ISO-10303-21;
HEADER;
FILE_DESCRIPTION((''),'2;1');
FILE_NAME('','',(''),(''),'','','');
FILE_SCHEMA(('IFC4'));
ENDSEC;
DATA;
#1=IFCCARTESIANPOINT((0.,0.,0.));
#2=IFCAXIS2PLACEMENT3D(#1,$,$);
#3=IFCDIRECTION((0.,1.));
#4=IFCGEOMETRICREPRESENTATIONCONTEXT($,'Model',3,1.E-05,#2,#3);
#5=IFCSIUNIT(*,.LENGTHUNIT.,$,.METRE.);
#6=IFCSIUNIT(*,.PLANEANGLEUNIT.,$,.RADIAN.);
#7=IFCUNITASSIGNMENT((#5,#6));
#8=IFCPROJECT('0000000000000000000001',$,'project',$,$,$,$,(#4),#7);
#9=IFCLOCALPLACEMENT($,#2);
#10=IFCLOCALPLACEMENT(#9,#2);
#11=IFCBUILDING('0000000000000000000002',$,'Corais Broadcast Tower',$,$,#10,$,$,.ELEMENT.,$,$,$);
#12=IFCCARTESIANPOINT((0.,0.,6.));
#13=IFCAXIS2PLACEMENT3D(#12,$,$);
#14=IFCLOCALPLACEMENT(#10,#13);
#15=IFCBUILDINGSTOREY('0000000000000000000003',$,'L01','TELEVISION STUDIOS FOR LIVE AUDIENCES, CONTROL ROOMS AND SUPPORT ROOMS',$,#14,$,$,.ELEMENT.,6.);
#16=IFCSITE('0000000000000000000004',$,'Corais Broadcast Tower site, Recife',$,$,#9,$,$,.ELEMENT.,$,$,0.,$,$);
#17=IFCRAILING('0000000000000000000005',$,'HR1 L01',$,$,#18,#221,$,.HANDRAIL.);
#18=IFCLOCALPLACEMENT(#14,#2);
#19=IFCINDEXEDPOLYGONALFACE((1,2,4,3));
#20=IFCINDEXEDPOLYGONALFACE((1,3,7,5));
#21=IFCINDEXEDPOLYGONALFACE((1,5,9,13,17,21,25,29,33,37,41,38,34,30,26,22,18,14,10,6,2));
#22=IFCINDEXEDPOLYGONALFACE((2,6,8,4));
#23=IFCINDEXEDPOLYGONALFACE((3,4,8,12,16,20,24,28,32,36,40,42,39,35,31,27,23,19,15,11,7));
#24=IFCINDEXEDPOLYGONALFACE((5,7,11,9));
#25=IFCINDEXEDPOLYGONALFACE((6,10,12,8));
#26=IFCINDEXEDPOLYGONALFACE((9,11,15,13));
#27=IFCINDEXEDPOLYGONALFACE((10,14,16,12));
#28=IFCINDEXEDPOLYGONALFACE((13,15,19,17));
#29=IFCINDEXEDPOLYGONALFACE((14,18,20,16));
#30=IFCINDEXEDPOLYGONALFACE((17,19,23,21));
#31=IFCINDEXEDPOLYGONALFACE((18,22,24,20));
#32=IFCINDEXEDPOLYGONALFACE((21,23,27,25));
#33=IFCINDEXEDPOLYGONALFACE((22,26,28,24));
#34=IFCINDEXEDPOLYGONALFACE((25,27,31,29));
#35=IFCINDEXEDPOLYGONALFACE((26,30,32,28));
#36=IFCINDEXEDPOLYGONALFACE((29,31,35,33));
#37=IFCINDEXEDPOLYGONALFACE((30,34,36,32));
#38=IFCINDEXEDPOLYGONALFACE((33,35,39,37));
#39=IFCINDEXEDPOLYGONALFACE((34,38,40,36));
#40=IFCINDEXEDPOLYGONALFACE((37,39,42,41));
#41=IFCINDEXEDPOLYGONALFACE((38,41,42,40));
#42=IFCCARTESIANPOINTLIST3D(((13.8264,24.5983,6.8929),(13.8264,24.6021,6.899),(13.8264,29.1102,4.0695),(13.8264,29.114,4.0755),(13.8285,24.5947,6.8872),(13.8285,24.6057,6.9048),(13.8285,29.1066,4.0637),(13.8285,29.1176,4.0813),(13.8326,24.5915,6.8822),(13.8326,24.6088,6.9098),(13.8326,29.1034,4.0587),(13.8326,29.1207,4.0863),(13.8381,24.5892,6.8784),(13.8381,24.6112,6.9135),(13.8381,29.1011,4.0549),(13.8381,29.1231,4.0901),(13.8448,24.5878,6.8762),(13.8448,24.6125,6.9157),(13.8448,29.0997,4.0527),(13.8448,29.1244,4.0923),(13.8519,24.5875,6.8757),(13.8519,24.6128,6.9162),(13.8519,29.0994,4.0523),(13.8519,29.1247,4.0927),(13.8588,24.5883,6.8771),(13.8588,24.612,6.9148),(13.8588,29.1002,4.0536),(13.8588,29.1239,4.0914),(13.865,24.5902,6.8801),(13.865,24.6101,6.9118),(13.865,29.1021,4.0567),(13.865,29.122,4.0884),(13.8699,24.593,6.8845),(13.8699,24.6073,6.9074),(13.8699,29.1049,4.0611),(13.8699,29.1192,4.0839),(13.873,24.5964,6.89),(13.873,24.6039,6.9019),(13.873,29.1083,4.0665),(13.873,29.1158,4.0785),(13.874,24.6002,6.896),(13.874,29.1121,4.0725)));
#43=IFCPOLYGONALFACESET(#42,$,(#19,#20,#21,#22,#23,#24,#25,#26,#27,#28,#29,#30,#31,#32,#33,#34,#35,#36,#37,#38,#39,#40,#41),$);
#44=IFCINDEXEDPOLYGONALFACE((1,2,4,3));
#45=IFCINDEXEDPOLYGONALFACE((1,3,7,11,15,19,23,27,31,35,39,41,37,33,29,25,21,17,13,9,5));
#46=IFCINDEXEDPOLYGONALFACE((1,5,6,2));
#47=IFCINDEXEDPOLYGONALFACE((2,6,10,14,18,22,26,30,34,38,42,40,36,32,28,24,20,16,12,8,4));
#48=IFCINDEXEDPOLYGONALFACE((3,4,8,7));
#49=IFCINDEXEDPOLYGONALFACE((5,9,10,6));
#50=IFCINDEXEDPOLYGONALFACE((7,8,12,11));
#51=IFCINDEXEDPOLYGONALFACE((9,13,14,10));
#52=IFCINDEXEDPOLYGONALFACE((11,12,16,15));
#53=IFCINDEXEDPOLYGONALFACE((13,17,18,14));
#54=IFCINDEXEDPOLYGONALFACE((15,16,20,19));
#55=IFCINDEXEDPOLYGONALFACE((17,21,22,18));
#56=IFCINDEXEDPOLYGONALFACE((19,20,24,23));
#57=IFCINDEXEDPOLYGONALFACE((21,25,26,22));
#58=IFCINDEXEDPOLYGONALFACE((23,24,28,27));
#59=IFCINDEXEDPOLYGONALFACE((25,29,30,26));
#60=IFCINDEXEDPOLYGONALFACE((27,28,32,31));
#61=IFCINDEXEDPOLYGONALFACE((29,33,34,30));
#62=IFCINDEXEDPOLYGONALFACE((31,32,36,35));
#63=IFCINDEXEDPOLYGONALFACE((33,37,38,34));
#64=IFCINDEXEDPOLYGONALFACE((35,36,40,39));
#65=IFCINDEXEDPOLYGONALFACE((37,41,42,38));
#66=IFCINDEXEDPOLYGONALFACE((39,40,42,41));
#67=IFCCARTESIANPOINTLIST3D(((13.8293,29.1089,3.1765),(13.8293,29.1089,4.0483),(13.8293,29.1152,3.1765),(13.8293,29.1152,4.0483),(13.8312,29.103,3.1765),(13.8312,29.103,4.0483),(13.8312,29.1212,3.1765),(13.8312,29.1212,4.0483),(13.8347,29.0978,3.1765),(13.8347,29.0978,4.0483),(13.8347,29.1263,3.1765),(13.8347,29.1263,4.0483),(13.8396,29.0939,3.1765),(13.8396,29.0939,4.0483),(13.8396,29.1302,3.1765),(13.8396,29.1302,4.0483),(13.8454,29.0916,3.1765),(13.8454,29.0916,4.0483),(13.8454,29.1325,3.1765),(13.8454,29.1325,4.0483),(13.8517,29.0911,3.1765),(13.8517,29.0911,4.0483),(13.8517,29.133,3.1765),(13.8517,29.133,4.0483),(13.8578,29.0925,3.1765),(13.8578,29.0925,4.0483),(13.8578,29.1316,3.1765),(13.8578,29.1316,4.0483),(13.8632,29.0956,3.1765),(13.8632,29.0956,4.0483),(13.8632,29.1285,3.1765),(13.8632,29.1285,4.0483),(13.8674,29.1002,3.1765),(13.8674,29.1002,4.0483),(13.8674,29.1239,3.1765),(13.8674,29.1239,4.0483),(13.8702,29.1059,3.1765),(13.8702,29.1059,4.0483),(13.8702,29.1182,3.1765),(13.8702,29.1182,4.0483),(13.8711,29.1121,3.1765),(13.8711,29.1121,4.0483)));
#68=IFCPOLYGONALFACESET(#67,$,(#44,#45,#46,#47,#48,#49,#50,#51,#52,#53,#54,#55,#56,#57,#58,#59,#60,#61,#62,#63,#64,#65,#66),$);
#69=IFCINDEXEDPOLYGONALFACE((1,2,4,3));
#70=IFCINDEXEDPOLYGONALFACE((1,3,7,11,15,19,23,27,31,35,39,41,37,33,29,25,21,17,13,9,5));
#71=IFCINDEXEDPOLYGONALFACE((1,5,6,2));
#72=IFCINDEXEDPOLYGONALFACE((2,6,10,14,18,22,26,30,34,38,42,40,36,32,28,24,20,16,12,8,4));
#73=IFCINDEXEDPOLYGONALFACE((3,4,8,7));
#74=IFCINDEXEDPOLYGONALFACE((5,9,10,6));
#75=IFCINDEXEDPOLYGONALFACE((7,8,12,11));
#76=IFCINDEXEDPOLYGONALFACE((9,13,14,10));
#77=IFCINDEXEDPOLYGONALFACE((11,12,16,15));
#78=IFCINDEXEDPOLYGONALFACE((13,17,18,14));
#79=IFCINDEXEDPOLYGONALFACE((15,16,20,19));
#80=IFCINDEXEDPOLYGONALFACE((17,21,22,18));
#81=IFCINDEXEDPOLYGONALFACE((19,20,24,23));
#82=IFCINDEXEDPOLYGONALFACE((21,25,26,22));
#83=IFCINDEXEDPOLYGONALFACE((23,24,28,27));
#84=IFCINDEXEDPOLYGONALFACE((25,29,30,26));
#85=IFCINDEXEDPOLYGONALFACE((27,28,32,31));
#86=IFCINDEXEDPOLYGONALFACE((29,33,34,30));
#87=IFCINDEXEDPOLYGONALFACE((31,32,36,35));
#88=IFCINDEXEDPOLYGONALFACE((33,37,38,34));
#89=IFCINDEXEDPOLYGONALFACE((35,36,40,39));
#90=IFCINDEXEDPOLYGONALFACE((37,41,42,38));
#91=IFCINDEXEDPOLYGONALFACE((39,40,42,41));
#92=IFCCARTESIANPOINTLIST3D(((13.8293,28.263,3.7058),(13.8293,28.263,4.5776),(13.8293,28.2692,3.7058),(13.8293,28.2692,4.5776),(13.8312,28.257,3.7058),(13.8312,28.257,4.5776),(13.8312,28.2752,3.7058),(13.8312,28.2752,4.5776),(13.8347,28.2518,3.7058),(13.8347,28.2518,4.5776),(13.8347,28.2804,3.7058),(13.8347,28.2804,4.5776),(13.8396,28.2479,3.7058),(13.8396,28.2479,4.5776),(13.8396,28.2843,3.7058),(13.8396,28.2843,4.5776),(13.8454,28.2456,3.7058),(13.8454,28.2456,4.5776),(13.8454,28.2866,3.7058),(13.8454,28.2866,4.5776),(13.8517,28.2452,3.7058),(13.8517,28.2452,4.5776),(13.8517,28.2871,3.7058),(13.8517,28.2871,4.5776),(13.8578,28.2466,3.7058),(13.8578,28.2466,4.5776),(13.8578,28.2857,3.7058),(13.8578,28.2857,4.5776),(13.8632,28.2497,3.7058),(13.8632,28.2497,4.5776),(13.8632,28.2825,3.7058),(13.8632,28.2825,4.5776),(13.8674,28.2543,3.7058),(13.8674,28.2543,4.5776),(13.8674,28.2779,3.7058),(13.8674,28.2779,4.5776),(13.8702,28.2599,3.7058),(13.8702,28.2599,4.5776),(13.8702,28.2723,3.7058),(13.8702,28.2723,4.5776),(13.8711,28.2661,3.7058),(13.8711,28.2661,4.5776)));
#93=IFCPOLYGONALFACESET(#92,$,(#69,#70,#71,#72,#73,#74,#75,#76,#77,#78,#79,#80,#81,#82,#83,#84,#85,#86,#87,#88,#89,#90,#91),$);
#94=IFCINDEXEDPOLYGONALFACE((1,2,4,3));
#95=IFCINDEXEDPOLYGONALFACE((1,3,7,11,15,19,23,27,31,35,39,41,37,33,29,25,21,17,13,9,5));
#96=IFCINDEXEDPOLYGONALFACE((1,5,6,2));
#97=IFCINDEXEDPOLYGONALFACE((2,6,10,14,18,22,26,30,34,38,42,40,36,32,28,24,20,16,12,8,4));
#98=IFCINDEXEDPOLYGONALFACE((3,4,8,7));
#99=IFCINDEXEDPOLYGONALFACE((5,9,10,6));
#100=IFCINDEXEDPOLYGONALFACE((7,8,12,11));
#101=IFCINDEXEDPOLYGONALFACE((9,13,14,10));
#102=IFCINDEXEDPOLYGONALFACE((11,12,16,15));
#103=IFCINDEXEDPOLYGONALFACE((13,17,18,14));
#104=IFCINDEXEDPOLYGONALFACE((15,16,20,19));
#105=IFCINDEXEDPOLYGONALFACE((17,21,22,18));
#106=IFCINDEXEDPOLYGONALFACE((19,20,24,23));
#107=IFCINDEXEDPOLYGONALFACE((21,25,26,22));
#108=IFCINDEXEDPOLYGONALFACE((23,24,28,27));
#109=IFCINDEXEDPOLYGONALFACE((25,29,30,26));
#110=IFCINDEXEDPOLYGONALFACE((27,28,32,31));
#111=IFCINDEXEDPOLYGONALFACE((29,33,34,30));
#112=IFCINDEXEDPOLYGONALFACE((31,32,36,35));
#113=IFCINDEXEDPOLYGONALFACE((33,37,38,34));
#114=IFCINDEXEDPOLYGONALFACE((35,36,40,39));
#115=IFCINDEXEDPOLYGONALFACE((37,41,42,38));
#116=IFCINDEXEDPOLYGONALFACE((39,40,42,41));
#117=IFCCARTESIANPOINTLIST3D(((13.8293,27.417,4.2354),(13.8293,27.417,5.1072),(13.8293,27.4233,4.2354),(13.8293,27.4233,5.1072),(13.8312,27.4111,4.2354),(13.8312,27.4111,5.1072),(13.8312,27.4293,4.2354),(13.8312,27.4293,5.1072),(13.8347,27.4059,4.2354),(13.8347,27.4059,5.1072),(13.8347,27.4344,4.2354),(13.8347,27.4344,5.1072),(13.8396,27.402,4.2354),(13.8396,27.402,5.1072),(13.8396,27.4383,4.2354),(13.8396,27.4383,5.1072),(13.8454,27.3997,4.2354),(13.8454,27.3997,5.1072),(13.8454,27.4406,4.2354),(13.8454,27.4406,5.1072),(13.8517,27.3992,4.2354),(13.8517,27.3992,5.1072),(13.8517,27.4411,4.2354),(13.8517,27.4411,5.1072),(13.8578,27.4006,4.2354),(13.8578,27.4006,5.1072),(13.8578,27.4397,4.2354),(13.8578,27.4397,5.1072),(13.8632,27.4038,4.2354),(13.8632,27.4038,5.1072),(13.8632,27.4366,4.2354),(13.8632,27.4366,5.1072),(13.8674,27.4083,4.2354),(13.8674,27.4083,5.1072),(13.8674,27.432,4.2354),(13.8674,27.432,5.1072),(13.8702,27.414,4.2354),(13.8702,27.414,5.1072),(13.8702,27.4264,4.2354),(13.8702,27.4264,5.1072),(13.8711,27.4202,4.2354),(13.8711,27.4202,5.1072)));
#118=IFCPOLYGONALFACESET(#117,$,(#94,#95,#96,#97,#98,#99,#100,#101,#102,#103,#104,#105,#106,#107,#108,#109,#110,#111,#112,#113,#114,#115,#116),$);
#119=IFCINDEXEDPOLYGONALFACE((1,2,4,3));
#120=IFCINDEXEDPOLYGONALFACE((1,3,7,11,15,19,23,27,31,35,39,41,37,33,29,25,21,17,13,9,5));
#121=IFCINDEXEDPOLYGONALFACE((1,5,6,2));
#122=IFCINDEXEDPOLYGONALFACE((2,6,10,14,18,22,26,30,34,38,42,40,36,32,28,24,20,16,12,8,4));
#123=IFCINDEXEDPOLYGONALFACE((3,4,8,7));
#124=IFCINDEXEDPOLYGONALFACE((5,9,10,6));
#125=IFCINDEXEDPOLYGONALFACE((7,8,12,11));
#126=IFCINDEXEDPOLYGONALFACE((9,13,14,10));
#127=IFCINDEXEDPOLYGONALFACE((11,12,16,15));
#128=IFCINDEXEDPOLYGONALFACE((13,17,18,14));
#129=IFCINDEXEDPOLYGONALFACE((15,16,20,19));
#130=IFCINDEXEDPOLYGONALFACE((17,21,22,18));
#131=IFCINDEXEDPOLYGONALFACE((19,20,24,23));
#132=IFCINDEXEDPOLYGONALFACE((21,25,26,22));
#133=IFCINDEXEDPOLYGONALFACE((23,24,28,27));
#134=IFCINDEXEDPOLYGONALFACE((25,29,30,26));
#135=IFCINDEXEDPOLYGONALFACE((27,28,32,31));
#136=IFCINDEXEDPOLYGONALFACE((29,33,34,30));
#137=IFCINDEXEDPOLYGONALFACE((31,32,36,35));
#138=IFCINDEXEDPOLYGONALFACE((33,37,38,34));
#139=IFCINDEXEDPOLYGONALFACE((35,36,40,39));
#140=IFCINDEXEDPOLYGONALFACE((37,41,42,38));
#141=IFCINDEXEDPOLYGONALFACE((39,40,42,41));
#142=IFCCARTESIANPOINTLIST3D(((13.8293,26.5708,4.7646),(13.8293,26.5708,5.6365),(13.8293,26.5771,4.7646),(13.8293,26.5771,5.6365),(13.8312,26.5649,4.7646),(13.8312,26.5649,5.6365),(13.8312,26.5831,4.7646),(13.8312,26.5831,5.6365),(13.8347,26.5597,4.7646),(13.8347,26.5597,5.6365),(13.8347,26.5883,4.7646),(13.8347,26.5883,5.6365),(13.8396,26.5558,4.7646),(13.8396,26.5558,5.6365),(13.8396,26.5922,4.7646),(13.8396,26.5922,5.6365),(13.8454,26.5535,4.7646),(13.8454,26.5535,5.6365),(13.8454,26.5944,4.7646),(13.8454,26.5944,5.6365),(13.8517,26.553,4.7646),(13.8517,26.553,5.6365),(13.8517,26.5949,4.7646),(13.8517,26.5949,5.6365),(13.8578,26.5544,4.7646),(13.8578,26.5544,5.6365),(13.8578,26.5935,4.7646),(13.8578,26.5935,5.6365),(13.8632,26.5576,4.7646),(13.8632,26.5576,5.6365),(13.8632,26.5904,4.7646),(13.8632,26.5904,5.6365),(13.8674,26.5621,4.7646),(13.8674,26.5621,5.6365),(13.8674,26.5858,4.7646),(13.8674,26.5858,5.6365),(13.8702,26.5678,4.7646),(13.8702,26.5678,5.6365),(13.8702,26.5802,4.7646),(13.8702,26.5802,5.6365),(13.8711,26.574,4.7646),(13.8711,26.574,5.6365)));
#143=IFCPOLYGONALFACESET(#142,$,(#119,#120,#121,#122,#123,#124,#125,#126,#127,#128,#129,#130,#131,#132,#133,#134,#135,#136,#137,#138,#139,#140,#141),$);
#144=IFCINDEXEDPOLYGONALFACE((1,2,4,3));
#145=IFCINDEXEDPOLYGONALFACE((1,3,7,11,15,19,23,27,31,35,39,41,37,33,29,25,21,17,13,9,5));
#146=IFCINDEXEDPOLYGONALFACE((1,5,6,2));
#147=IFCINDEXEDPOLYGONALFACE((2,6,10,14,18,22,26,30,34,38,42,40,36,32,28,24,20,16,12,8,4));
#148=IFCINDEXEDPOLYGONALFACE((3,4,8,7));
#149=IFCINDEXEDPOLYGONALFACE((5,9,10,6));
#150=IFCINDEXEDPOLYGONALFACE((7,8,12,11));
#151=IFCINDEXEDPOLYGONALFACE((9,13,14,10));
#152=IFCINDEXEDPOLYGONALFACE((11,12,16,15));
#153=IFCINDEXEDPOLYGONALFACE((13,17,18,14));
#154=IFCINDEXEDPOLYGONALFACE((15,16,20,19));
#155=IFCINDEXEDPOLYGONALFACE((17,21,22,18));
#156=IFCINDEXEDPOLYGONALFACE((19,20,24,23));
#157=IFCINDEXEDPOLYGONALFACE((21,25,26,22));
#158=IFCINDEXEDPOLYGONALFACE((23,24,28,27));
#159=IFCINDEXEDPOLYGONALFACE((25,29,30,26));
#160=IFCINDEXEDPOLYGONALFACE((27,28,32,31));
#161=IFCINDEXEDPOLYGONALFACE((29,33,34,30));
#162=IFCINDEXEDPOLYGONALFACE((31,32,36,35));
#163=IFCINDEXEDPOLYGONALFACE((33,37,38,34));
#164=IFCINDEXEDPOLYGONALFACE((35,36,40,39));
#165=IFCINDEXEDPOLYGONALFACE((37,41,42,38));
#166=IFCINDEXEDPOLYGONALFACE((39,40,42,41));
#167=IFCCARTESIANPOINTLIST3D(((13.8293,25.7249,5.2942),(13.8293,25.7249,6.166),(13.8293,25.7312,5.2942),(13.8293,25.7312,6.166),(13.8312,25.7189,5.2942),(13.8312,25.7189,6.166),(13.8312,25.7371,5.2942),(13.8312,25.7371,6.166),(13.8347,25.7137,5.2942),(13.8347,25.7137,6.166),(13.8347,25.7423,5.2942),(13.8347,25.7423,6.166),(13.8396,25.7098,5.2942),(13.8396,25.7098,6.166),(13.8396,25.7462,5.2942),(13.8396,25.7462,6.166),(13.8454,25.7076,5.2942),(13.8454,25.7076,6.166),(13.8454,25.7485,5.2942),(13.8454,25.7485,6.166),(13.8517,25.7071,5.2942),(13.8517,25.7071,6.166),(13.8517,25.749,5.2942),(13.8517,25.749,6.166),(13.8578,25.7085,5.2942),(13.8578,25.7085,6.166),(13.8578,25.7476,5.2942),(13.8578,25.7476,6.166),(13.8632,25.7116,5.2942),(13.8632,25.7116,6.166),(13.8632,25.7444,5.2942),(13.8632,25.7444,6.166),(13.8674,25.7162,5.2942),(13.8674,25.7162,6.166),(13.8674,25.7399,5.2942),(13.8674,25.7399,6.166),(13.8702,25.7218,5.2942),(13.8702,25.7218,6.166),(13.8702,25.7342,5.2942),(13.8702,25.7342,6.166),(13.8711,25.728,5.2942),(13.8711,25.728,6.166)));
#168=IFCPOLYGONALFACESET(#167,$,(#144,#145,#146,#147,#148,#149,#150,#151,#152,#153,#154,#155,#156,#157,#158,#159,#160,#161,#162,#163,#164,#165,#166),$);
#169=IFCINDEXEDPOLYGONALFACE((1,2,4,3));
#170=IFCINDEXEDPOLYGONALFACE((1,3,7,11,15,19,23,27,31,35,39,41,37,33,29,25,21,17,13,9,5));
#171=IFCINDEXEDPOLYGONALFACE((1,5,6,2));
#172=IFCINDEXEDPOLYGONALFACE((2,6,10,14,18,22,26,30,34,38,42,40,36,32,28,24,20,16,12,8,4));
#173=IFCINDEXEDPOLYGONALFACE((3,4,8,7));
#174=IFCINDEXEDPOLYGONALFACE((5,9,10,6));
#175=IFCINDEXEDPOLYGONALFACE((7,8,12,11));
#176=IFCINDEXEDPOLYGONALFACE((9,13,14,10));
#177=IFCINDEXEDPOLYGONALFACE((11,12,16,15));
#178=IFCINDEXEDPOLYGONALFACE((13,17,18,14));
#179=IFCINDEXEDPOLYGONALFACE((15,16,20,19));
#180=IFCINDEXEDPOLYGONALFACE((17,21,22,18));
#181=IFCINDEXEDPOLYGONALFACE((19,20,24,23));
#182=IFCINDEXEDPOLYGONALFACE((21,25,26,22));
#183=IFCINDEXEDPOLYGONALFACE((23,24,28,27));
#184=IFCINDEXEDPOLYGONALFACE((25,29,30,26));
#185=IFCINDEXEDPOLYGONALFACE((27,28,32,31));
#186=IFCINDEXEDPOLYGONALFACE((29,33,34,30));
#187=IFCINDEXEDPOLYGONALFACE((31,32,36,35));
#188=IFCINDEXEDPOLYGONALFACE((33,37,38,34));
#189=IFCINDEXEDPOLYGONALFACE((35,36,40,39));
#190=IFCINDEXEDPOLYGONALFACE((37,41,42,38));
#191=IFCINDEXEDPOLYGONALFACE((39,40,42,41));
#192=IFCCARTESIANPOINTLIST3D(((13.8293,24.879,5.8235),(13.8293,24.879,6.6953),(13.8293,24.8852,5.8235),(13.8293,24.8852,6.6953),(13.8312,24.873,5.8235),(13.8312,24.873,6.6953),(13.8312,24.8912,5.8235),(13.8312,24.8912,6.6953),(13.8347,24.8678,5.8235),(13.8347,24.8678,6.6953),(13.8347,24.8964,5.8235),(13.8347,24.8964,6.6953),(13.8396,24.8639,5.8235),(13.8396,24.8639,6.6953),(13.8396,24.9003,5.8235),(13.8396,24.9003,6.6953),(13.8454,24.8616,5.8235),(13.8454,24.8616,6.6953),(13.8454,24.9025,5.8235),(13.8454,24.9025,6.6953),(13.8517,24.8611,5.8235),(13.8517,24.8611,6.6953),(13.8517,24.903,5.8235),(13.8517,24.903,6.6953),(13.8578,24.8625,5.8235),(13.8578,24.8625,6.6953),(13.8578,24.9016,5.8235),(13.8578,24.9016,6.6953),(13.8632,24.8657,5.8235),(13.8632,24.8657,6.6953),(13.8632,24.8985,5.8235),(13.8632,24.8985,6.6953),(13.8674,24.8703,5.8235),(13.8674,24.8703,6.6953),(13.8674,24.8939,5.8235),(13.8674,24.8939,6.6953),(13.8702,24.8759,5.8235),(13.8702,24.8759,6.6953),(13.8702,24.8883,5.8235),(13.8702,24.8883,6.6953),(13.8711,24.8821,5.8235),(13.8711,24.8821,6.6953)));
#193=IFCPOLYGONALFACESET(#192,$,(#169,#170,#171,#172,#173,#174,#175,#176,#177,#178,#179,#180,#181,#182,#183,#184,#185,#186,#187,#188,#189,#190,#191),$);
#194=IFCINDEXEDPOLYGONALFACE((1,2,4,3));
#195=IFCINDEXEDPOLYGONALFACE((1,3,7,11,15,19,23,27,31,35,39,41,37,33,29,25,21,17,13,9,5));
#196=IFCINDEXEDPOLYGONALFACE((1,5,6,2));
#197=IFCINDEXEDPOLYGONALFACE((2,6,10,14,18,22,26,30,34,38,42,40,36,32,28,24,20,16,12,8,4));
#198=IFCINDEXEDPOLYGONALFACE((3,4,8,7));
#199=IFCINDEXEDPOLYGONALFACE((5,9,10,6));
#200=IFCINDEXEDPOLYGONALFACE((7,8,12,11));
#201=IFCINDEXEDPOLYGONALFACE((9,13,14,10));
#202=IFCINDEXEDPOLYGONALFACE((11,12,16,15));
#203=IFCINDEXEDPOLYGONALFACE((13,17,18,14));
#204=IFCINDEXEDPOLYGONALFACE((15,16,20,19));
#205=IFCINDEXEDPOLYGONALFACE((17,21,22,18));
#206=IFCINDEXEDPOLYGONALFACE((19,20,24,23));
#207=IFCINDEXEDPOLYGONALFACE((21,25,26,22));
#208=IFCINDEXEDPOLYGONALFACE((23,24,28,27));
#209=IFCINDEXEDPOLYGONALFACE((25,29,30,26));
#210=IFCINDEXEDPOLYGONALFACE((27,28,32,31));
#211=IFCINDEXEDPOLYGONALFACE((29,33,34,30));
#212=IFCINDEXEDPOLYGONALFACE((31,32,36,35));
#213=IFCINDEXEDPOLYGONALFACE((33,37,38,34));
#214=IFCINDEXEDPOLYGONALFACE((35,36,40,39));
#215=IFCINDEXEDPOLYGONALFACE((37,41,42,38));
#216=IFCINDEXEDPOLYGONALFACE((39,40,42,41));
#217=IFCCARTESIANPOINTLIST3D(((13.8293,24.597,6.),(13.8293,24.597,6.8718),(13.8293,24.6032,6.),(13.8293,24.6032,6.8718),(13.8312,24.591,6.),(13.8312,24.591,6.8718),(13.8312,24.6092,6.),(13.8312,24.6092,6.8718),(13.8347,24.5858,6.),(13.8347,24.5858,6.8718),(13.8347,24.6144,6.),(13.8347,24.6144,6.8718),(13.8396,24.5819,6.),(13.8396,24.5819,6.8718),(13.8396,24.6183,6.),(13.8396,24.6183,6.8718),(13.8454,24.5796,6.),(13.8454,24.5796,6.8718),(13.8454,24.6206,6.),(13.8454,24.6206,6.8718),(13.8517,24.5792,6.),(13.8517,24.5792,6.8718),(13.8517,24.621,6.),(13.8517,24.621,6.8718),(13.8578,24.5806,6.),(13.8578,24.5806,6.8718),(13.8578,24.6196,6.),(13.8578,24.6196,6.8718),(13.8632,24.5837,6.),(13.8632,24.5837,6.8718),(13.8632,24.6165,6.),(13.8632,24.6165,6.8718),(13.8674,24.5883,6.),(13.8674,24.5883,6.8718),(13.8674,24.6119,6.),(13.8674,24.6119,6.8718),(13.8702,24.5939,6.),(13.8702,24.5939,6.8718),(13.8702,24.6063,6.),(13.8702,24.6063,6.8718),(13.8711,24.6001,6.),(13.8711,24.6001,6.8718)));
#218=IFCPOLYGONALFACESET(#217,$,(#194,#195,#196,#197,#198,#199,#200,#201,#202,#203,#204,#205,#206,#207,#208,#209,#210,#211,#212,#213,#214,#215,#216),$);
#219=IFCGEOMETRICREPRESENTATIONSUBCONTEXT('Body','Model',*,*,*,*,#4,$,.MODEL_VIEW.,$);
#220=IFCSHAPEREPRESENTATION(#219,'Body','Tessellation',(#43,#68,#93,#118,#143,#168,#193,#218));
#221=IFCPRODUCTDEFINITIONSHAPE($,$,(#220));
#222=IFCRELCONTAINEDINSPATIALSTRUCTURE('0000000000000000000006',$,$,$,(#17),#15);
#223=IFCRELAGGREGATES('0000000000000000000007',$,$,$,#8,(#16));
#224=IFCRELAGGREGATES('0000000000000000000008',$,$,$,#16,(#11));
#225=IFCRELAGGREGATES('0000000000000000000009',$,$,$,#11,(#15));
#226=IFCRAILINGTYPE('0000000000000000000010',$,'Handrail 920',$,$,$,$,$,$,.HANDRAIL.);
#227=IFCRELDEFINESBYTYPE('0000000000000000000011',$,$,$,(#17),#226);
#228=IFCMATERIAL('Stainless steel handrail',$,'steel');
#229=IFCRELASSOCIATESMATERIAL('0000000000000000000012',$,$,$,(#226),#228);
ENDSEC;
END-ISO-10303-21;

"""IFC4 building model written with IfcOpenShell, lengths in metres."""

from ifc_helpers import new_model, si_unit, direction, frame, origin, origin_2d, place, context, subcontext, project, spatial, circle, extrude, material, type_object, element, save


model = new_model("IFC4")

# Units and contexts
model_context = context("Model", 3, precision=1e-05, world=origin(), true_north=direction((0.0, 1.0)))
body_context = subcontext(model_context, "Body", "Model", "MODEL_VIEW")
ifc_project = project(units=[si_unit("LENGTHUNIT", "METRE"), si_unit("PLANEANGLEUNIT", "RADIAN")], contexts=[model_context])

# Site, building, storey
site_placement = place(None, origin())
site = spatial("IfcSite", under=ifc_project, at=site_placement, Name="Corais Broadcast Tower site, Recife", CompositionType="ELEMENT", RefElevation=0.0)
building_placement = place(site_placement, origin())
building = spatial("IfcBuilding", under=site, at=building_placement, Name="Corais Broadcast Tower", CompositionType="ELEMENT")
storey_placement = place(building_placement, frame((0.0, 0.0, 6.0)))
storey = spatial("IfcBuildingStorey", under=building, at=storey_placement, Name="L01", Description="TELEVISION STUDIOS FOR LIVE AUDIENCES, CONTROL ROOMS AND SUPPORT ROOMS", CompositionType="ELEMENT", Elevation=6.0)

# Railing
ifc_material_1 = material(Name="Stainless steel handrail", Category="steel")
railing_type = type_object("IfcRailingType", Name="Handrail 920", PredefinedType="HANDRAIL", material=ifc_material_1)
railing_placement = place(storey_placement, frame((13.8501, 29.1121, 3.1765)))
element("IfcRailing", 1, at=railing_placement, inside=storey, type_object=railing_type, Name="HR1 L01", PredefinedType="HANDRAIL", context=body_context, shape_type="SweptSolid", body=[
    extrude(circle(Radius=0.0239, at=origin_2d()), frame((0.0, 0.0, 0.896), z_axis=(0.0, -0.847702, 0.530473), x_axis=(1.0, 0.0, 0.0)), (0.0, 0.0, 1.0), 5.3225),
    extrude(circle(Radius=0.021, at=origin_2d()), origin(), (0.0, 0.0, 1.0), 0.8718),
    extrude(circle(Radius=0.021, at=origin_2d()), frame((0.0, -0.8459, 0.5293)), (0.0, 0.0, 1.0), 0.8718),
    extrude(circle(Radius=0.021, at=origin_2d()), frame((0.0, -1.6919, 1.0588)), (0.0, 0.0, 1.0), 0.8718),
    extrude(circle(Radius=0.021, at=origin_2d()), frame((0.0, -2.5381, 1.5881)), (0.0, 0.0, 1.0), 0.8718),
    extrude(circle(Radius=0.021, at=origin_2d()), frame((0.0, -3.384, 2.1177)), (0.0, 0.0, 1.0), 0.8718),
    extrude(circle(Radius=0.021, at=origin_2d()), frame((0.0, -4.23, 2.647)), (0.0, 0.0, 1.0), 0.8718),
    extrude(circle(Radius=0.021, at=origin_2d()), frame((0.0, -4.512, 2.8235)), (0.0, 0.0, 1.0), 0.8718),
])

save(model, "model.ifc")
